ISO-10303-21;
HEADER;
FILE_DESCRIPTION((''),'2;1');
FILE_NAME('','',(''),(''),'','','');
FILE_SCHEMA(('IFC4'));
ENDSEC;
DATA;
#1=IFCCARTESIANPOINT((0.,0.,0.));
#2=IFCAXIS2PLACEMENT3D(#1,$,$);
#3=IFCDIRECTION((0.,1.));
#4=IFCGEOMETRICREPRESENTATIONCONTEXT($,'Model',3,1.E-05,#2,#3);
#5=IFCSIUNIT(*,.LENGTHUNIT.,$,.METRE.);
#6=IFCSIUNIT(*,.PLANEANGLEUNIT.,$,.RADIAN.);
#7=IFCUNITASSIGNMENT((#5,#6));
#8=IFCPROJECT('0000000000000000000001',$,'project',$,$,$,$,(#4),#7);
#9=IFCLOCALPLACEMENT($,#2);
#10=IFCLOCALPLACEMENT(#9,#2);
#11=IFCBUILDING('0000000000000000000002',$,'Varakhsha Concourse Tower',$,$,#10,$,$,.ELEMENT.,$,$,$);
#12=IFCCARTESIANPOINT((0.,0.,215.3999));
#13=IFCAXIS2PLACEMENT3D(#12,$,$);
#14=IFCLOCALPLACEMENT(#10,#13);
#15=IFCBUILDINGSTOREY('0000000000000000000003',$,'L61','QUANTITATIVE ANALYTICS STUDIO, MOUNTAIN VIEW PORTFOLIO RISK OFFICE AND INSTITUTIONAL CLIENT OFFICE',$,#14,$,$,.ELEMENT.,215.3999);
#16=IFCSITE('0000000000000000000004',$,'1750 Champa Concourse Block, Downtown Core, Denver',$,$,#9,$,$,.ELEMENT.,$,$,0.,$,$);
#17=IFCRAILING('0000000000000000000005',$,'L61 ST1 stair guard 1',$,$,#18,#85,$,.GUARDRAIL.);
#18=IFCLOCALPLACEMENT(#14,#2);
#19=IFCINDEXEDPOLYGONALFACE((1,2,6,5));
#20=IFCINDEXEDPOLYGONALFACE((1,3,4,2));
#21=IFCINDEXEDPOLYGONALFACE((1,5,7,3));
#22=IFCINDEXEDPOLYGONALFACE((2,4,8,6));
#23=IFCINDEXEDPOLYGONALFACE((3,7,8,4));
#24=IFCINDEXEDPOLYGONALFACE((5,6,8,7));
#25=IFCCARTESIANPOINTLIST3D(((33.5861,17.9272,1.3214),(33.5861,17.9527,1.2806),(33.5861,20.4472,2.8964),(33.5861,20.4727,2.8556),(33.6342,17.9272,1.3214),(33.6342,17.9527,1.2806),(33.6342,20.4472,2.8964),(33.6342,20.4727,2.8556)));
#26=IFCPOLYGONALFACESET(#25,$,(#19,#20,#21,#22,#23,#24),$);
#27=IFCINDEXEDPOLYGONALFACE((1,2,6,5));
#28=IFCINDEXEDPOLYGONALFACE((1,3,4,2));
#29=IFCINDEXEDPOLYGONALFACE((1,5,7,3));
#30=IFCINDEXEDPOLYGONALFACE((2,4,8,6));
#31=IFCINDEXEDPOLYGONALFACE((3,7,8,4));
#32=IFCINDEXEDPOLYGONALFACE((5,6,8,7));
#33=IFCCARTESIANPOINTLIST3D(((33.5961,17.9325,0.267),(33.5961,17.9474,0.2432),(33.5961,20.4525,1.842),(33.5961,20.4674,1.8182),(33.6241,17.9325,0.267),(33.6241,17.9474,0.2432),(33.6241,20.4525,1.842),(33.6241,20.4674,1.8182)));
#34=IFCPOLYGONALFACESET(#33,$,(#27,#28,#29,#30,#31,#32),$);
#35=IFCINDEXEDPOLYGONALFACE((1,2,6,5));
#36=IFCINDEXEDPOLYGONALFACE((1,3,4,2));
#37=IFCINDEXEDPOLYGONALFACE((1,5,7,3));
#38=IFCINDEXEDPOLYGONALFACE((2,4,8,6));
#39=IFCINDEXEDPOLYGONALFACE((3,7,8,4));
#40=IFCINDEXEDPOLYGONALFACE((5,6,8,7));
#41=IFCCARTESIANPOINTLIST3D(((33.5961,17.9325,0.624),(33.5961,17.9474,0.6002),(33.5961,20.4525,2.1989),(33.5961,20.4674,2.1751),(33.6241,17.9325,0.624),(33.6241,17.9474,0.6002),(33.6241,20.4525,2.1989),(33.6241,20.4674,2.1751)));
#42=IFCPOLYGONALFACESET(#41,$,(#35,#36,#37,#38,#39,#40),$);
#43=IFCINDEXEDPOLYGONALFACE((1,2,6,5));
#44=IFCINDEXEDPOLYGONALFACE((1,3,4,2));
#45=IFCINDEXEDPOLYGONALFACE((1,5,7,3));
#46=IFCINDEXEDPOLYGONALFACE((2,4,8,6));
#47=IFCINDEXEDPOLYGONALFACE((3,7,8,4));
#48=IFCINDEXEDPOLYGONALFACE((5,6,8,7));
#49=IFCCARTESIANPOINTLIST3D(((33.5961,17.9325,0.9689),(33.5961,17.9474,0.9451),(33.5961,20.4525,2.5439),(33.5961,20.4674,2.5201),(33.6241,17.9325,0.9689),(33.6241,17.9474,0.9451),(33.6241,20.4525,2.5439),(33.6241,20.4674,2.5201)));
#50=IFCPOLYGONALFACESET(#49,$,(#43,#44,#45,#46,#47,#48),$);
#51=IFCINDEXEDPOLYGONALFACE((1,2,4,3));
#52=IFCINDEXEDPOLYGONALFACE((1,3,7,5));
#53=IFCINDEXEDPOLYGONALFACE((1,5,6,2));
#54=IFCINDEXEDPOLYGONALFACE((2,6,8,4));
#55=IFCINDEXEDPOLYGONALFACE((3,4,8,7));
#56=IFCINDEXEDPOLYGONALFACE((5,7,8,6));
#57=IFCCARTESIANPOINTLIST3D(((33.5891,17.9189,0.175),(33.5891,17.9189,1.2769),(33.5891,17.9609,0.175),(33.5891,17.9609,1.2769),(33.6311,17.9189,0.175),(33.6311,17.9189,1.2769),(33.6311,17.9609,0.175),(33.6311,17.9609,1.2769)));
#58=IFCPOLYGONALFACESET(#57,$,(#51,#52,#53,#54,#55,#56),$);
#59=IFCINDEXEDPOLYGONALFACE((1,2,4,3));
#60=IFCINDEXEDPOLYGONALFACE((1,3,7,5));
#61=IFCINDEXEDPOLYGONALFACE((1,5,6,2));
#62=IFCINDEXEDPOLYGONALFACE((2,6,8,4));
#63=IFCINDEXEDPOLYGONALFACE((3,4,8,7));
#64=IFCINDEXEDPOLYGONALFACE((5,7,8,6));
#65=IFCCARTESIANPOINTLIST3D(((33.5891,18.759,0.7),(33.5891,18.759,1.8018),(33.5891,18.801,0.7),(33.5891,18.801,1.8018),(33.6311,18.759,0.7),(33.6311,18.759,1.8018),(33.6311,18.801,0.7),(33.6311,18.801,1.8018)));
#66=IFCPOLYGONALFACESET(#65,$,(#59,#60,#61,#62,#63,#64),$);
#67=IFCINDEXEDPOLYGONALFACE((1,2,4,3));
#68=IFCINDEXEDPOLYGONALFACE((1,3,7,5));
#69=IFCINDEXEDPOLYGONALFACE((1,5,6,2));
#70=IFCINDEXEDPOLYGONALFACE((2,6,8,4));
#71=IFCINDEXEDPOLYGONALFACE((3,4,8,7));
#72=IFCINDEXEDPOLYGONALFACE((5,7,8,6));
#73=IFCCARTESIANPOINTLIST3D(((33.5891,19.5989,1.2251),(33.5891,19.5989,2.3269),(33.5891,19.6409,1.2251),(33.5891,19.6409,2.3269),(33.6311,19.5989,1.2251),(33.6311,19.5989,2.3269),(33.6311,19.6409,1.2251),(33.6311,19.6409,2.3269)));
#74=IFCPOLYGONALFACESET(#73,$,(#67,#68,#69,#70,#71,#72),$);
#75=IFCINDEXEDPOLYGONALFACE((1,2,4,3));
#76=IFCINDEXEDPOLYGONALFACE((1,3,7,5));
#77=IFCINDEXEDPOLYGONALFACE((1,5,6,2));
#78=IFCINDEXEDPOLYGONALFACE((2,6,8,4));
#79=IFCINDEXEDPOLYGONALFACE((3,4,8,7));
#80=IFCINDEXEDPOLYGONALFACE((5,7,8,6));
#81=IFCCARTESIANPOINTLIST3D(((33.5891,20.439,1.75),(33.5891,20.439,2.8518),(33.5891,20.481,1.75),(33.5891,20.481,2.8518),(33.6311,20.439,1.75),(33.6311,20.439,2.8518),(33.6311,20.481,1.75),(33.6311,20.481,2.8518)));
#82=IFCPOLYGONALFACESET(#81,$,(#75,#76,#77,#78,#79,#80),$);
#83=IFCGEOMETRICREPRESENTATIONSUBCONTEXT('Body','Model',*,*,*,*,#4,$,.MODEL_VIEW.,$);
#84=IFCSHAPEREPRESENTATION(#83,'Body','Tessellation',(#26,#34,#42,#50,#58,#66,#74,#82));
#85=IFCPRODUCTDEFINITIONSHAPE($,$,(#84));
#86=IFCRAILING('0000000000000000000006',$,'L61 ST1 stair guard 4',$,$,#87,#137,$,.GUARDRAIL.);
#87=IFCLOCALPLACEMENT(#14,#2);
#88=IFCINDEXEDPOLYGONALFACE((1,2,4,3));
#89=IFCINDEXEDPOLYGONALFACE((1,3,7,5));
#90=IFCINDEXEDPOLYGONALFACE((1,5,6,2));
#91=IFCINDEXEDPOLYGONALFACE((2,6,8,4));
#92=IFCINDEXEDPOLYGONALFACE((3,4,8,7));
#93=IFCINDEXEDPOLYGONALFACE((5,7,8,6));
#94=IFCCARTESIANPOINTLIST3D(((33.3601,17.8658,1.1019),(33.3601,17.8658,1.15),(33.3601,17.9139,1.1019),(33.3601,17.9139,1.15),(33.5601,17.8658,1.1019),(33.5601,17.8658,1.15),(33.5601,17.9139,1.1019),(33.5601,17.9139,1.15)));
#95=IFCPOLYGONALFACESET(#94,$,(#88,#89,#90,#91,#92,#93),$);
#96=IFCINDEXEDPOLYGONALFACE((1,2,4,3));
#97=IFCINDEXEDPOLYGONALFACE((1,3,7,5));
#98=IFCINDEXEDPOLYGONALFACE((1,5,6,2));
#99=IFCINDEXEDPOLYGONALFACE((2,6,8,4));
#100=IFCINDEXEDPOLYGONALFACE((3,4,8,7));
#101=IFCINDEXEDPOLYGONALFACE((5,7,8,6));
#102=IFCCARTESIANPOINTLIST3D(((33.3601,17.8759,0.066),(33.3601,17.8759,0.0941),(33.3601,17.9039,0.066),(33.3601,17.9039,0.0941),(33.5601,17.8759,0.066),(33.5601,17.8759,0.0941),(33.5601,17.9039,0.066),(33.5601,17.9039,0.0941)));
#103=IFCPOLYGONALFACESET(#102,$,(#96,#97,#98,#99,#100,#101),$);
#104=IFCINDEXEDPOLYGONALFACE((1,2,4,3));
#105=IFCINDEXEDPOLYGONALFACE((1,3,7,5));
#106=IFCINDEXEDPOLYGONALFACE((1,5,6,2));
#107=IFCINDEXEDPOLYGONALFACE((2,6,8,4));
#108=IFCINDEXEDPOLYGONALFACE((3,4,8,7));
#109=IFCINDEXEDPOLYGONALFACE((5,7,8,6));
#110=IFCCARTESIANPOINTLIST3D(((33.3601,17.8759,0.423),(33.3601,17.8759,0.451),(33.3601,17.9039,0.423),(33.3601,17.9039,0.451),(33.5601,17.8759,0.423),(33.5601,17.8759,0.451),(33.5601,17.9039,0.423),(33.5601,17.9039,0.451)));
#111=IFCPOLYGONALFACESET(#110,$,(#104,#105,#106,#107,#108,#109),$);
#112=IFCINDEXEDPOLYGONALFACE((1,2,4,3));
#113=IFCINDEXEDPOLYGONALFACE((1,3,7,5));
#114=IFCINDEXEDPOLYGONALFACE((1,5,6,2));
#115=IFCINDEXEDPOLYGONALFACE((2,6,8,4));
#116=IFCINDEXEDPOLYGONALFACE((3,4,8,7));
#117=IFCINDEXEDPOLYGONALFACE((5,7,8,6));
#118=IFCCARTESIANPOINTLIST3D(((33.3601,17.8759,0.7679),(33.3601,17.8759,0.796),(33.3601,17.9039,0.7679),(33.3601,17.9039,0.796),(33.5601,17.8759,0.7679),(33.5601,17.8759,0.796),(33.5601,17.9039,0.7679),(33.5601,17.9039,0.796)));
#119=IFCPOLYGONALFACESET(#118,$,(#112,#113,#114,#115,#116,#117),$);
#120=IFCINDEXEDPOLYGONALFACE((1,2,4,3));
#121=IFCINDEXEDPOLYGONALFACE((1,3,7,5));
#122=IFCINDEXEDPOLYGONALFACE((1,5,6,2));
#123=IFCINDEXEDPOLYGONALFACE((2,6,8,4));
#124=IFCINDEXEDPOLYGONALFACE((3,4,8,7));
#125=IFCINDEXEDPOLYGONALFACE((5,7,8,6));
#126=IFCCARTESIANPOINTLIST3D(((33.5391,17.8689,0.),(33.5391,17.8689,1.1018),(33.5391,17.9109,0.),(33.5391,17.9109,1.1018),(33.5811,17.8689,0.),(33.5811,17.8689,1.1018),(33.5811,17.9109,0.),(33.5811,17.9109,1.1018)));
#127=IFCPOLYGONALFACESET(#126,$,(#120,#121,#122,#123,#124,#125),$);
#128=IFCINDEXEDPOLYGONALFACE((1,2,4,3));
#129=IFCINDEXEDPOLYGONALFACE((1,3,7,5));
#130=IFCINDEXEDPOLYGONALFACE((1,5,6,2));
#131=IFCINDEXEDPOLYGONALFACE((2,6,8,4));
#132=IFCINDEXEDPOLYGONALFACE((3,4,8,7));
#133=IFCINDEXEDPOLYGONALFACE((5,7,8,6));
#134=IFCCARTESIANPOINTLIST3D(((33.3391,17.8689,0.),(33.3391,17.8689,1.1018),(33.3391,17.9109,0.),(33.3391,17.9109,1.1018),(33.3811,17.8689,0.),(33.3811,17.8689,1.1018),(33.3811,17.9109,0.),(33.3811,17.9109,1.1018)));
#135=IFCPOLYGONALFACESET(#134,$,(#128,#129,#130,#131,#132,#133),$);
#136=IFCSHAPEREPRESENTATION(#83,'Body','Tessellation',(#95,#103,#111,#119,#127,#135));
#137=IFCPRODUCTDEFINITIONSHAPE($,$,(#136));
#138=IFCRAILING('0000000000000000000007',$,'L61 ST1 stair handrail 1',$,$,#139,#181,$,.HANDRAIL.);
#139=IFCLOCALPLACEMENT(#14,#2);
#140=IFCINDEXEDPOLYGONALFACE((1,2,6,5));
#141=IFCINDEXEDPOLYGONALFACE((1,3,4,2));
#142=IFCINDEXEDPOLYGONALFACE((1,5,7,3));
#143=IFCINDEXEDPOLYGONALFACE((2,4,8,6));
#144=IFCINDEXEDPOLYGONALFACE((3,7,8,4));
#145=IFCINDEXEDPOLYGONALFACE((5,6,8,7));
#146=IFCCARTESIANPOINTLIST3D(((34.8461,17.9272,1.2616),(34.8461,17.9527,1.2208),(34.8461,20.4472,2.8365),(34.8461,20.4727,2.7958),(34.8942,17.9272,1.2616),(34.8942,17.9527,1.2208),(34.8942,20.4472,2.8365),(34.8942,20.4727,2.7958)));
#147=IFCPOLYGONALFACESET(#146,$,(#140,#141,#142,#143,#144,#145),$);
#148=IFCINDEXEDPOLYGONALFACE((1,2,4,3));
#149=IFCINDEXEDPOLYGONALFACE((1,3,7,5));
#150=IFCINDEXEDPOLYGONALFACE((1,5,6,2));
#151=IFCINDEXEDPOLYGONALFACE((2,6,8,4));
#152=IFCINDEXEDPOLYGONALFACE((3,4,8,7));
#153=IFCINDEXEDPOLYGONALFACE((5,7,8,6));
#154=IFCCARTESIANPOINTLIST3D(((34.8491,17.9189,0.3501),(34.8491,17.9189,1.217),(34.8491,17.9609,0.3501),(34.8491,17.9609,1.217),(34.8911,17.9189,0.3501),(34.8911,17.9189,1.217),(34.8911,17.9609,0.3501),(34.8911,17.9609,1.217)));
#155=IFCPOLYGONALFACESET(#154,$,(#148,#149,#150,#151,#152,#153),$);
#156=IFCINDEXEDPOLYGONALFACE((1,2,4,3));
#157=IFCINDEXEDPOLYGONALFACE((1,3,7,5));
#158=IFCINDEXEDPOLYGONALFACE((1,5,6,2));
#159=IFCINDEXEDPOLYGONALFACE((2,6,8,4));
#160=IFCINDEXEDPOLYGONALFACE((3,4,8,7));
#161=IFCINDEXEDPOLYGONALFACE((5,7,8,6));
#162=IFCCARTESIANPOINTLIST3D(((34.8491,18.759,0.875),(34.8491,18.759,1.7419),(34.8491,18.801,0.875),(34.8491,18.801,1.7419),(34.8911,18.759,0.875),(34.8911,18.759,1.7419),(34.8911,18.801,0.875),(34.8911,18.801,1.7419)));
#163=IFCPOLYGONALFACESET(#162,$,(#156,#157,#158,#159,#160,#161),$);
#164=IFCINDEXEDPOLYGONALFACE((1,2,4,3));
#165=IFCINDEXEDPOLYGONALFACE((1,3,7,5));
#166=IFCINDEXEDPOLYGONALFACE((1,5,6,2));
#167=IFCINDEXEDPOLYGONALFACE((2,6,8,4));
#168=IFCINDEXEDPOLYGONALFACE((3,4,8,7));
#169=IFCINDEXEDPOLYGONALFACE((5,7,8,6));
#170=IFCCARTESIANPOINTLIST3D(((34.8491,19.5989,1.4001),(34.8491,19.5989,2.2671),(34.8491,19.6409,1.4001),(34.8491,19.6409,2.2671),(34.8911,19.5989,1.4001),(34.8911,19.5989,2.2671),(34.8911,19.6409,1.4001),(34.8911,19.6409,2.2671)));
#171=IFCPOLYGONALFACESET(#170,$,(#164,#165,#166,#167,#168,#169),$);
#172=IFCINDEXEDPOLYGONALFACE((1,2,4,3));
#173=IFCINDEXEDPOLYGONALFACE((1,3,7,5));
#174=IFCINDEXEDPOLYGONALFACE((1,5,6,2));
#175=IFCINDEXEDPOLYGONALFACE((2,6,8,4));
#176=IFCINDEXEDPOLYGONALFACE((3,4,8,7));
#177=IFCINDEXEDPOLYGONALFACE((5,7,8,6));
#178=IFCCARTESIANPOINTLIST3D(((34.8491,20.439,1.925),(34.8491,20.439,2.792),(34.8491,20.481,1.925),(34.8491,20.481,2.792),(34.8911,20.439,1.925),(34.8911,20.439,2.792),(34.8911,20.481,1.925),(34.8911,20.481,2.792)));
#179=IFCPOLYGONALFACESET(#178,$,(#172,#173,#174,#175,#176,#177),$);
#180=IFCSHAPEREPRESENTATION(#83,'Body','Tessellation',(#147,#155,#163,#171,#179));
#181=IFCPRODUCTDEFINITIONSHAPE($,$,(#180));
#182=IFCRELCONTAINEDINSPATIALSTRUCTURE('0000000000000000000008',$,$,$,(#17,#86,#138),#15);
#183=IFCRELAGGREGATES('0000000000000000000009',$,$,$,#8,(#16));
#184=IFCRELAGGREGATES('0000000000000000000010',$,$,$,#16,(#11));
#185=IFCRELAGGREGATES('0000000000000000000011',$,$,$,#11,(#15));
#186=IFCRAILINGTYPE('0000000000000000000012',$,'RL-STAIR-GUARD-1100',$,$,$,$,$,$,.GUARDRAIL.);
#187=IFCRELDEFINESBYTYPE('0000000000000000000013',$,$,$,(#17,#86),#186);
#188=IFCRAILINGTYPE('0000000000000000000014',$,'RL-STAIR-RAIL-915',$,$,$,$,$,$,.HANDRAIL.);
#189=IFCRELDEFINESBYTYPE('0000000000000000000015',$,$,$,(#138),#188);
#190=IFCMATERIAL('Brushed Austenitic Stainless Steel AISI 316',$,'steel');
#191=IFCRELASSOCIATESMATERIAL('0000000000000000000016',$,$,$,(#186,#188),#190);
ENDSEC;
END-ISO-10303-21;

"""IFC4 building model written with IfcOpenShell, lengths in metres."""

from ifc_helpers import new_model, si_unit, direction, frame, origin, origin_2d, place, context, subcontext, project, spatial, rectangle, extrude, material, type_object, element, save


model = new_model("IFC4")

# Units and contexts
model_context = context("Model", 3, precision=1e-05, world=origin(), true_north=direction((0.0, 1.0)))
body_context = subcontext(model_context, "Body", "Model", "MODEL_VIEW")
ifc_project = project(units=[si_unit("LENGTHUNIT", "METRE"), si_unit("PLANEANGLEUNIT", "RADIAN")], contexts=[model_context])

# Site, building, storey
site_placement = place(None, origin())
site = spatial("IfcSite", under=ifc_project, at=site_placement, Name="1750 Champa Concourse Block, Downtown Core, Denver", CompositionType="ELEMENT", RefElevation=0.0)
building_placement = place(site_placement, origin())
building = spatial("IfcBuilding", under=site, at=building_placement, Name="Varakhsha Concourse Tower", CompositionType="ELEMENT")
storey_placement = place(building_placement, frame((0.0, 0.0, 215.3999)))
storey = spatial("IfcBuildingStorey", under=building, at=storey_placement, Name="L61", Description="QUANTITATIVE ANALYTICS STUDIO, MOUNTAIN VIEW PORTFOLIO RISK OFFICE AND INSTITUTIONAL CLIENT OFFICE", CompositionType="ELEMENT", Elevation=215.3999)

# Railings
ifc_material_1 = material(Name="Brushed Austenitic Stainless Steel AISI 316", Category="steel")
railing_type_1 = type_object("IfcRailingType", Name="RL-STAIR-GUARD-1100", PredefinedType="GUARDRAIL", material=ifc_material_1)
railing_1_placement = place(storey_placement, frame((33.6101, 17.9399, 0.175)))
element("IfcRailing", 1, at=railing_1_placement, inside=storey, type_object=railing_type_1, Name="L61 ST1 stair guard 1", PredefinedType="GUARDRAIL", context=body_context, shape_type="SweptSolid", body=[
    extrude(rectangle(XDim=0.0481, YDim=0.0481, at=origin_2d()), frame((0.0, 0.0, 1.126), z_axis=(0.0, 0.848008, 0.529984), x_axis=(-1.0, 0.0, 0.0)), (0.0, 0.0, 1.0), 2.9717),
    extrude(rectangle(XDim=0.0281, YDim=0.0281, at=origin_2d()), frame((0.0, 0.0, 0.0801), z_axis=(0.0, 0.848008, 0.529984), x_axis=(-1.0, 0.0, 0.0)), (0.0, 0.0, 1.0), 2.9717),
    extrude(rectangle(XDim=0.0281, YDim=0.0281, at=origin_2d()), frame((0.0, 0.0, 0.437), z_axis=(0.0, 0.848008, 0.529984), x_axis=(-1.0, 0.0, 0.0)), (0.0, 0.0, 1.0), 2.9717),
    extrude(rectangle(XDim=0.0281, YDim=0.0281, at=origin_2d()), frame((0.0, 0.0, 0.782), z_axis=(0.0, 0.848008, 0.529984), x_axis=(-1.0, 0.0, 0.0)), (0.0, 0.0, 1.0), 2.9717),
    extrude(rectangle(XDim=0.042, YDim=0.042, at=origin_2d()), origin(), (0.0, 0.0, 1.0), 1.1018),
    extrude(rectangle(XDim=0.042, YDim=0.042, at=origin_2d()), frame((0.0, 0.8401, 0.5249)), (0.0, 0.0, 1.0), 1.1018),
    extrude(rectangle(XDim=0.042, YDim=0.042, at=origin_2d()), frame((0.0, 1.6799, 1.05)), (0.0, 0.0, 1.0), 1.1018),
    extrude(rectangle(XDim=0.042, YDim=0.042, at=origin_2d()), frame((0.0, 2.52, 1.575)), (0.0, 0.0, 1.0), 1.1018),
])
railing_2_placement = place(storey_placement, frame((33.5601, 17.8899, 0.0)))
element("IfcRailing", 2, at=railing_2_placement, inside=storey, type_object=railing_type_1, Name="L61 ST1 stair guard 4", PredefinedType="GUARDRAIL", context=body_context, shape_type="SweptSolid", body=[
    extrude(rectangle(XDim=0.0481, YDim=0.0481, at=origin_2d()), frame((0.0, 0.0, 1.126), z_axis=(-1.0, 0.0, 0.0), x_axis=(0.0, -1.0, 0.0)), (0.0, 0.0, 1.0), 0.2),
    extrude(rectangle(XDim=0.0281, YDim=0.0281, at=origin_2d()), frame((0.0, 0.0, 0.0801), z_axis=(-1.0, 0.0, 0.0), x_axis=(0.0, -1.0, 0.0)), (0.0, 0.0, 1.0), 0.2),
    extrude(rectangle(XDim=0.0281, YDim=0.0281, at=origin_2d()), frame((0.0, 0.0, 0.437), z_axis=(-1.0, 0.0, 0.0), x_axis=(0.0, -1.0, 0.0)), (0.0, 0.0, 1.0), 0.2),
    extrude(rectangle(XDim=0.0281, YDim=0.0281, at=origin_2d()), frame((0.0, 0.0, 0.782), z_axis=(-1.0, 0.0, 0.0), x_axis=(0.0, -1.0, 0.0)), (0.0, 0.0, 1.0), 0.2),
    extrude(rectangle(XDim=0.042, YDim=0.042, at=origin_2d()), origin(), (0.0, 0.0, 1.0), 1.1018),
    extrude(rectangle(XDim=0.042, YDim=0.042, at=origin_2d()), frame((-0.2, 0.0, 0.0)), (0.0, 0.0, 1.0), 1.1018),
])
railing_type_2 = type_object("IfcRailingType", Name="RL-STAIR-RAIL-915", PredefinedType="HANDRAIL", material=ifc_material_1)
railing_3_placement = place(storey_placement, frame((34.8701, 17.9399, 0.3501)))
element("IfcRailing", 3, at=railing_3_placement, inside=storey, type_object=railing_type_2, Name="L61 ST1 stair handrail 1", PredefinedType="HANDRAIL", context=body_context, shape_type="SweptSolid", body=[
    extrude(rectangle(XDim=0.0481, YDim=0.0481, at=origin_2d()), frame((0.0, 0.0, 0.8911), z_axis=(0.0, 0.848008, 0.529984), x_axis=(-1.0, 0.0, 0.0)), (0.0, 0.0, 1.0), 2.9717),
    extrude(rectangle(XDim=0.042, YDim=0.042, at=origin_2d()), origin(), (0.0, 0.0, 1.0), 0.8669),
    extrude(rectangle(XDim=0.042, YDim=0.042, at=origin_2d()), frame((0.0, 0.8401, 0.5249)), (0.0, 0.0, 1.0), 0.8669),
    extrude(rectangle(XDim=0.042, YDim=0.042, at=origin_2d()), frame((0.0, 1.6799, 1.05)), (0.0, 0.0, 1.0), 0.8669),
    extrude(rectangle(XDim=0.042, YDim=0.042, at=origin_2d()), frame((0.0, 2.52, 1.575)), (0.0, 0.0, 1.0), 0.8669),
])

save(model, "model.ifc")
